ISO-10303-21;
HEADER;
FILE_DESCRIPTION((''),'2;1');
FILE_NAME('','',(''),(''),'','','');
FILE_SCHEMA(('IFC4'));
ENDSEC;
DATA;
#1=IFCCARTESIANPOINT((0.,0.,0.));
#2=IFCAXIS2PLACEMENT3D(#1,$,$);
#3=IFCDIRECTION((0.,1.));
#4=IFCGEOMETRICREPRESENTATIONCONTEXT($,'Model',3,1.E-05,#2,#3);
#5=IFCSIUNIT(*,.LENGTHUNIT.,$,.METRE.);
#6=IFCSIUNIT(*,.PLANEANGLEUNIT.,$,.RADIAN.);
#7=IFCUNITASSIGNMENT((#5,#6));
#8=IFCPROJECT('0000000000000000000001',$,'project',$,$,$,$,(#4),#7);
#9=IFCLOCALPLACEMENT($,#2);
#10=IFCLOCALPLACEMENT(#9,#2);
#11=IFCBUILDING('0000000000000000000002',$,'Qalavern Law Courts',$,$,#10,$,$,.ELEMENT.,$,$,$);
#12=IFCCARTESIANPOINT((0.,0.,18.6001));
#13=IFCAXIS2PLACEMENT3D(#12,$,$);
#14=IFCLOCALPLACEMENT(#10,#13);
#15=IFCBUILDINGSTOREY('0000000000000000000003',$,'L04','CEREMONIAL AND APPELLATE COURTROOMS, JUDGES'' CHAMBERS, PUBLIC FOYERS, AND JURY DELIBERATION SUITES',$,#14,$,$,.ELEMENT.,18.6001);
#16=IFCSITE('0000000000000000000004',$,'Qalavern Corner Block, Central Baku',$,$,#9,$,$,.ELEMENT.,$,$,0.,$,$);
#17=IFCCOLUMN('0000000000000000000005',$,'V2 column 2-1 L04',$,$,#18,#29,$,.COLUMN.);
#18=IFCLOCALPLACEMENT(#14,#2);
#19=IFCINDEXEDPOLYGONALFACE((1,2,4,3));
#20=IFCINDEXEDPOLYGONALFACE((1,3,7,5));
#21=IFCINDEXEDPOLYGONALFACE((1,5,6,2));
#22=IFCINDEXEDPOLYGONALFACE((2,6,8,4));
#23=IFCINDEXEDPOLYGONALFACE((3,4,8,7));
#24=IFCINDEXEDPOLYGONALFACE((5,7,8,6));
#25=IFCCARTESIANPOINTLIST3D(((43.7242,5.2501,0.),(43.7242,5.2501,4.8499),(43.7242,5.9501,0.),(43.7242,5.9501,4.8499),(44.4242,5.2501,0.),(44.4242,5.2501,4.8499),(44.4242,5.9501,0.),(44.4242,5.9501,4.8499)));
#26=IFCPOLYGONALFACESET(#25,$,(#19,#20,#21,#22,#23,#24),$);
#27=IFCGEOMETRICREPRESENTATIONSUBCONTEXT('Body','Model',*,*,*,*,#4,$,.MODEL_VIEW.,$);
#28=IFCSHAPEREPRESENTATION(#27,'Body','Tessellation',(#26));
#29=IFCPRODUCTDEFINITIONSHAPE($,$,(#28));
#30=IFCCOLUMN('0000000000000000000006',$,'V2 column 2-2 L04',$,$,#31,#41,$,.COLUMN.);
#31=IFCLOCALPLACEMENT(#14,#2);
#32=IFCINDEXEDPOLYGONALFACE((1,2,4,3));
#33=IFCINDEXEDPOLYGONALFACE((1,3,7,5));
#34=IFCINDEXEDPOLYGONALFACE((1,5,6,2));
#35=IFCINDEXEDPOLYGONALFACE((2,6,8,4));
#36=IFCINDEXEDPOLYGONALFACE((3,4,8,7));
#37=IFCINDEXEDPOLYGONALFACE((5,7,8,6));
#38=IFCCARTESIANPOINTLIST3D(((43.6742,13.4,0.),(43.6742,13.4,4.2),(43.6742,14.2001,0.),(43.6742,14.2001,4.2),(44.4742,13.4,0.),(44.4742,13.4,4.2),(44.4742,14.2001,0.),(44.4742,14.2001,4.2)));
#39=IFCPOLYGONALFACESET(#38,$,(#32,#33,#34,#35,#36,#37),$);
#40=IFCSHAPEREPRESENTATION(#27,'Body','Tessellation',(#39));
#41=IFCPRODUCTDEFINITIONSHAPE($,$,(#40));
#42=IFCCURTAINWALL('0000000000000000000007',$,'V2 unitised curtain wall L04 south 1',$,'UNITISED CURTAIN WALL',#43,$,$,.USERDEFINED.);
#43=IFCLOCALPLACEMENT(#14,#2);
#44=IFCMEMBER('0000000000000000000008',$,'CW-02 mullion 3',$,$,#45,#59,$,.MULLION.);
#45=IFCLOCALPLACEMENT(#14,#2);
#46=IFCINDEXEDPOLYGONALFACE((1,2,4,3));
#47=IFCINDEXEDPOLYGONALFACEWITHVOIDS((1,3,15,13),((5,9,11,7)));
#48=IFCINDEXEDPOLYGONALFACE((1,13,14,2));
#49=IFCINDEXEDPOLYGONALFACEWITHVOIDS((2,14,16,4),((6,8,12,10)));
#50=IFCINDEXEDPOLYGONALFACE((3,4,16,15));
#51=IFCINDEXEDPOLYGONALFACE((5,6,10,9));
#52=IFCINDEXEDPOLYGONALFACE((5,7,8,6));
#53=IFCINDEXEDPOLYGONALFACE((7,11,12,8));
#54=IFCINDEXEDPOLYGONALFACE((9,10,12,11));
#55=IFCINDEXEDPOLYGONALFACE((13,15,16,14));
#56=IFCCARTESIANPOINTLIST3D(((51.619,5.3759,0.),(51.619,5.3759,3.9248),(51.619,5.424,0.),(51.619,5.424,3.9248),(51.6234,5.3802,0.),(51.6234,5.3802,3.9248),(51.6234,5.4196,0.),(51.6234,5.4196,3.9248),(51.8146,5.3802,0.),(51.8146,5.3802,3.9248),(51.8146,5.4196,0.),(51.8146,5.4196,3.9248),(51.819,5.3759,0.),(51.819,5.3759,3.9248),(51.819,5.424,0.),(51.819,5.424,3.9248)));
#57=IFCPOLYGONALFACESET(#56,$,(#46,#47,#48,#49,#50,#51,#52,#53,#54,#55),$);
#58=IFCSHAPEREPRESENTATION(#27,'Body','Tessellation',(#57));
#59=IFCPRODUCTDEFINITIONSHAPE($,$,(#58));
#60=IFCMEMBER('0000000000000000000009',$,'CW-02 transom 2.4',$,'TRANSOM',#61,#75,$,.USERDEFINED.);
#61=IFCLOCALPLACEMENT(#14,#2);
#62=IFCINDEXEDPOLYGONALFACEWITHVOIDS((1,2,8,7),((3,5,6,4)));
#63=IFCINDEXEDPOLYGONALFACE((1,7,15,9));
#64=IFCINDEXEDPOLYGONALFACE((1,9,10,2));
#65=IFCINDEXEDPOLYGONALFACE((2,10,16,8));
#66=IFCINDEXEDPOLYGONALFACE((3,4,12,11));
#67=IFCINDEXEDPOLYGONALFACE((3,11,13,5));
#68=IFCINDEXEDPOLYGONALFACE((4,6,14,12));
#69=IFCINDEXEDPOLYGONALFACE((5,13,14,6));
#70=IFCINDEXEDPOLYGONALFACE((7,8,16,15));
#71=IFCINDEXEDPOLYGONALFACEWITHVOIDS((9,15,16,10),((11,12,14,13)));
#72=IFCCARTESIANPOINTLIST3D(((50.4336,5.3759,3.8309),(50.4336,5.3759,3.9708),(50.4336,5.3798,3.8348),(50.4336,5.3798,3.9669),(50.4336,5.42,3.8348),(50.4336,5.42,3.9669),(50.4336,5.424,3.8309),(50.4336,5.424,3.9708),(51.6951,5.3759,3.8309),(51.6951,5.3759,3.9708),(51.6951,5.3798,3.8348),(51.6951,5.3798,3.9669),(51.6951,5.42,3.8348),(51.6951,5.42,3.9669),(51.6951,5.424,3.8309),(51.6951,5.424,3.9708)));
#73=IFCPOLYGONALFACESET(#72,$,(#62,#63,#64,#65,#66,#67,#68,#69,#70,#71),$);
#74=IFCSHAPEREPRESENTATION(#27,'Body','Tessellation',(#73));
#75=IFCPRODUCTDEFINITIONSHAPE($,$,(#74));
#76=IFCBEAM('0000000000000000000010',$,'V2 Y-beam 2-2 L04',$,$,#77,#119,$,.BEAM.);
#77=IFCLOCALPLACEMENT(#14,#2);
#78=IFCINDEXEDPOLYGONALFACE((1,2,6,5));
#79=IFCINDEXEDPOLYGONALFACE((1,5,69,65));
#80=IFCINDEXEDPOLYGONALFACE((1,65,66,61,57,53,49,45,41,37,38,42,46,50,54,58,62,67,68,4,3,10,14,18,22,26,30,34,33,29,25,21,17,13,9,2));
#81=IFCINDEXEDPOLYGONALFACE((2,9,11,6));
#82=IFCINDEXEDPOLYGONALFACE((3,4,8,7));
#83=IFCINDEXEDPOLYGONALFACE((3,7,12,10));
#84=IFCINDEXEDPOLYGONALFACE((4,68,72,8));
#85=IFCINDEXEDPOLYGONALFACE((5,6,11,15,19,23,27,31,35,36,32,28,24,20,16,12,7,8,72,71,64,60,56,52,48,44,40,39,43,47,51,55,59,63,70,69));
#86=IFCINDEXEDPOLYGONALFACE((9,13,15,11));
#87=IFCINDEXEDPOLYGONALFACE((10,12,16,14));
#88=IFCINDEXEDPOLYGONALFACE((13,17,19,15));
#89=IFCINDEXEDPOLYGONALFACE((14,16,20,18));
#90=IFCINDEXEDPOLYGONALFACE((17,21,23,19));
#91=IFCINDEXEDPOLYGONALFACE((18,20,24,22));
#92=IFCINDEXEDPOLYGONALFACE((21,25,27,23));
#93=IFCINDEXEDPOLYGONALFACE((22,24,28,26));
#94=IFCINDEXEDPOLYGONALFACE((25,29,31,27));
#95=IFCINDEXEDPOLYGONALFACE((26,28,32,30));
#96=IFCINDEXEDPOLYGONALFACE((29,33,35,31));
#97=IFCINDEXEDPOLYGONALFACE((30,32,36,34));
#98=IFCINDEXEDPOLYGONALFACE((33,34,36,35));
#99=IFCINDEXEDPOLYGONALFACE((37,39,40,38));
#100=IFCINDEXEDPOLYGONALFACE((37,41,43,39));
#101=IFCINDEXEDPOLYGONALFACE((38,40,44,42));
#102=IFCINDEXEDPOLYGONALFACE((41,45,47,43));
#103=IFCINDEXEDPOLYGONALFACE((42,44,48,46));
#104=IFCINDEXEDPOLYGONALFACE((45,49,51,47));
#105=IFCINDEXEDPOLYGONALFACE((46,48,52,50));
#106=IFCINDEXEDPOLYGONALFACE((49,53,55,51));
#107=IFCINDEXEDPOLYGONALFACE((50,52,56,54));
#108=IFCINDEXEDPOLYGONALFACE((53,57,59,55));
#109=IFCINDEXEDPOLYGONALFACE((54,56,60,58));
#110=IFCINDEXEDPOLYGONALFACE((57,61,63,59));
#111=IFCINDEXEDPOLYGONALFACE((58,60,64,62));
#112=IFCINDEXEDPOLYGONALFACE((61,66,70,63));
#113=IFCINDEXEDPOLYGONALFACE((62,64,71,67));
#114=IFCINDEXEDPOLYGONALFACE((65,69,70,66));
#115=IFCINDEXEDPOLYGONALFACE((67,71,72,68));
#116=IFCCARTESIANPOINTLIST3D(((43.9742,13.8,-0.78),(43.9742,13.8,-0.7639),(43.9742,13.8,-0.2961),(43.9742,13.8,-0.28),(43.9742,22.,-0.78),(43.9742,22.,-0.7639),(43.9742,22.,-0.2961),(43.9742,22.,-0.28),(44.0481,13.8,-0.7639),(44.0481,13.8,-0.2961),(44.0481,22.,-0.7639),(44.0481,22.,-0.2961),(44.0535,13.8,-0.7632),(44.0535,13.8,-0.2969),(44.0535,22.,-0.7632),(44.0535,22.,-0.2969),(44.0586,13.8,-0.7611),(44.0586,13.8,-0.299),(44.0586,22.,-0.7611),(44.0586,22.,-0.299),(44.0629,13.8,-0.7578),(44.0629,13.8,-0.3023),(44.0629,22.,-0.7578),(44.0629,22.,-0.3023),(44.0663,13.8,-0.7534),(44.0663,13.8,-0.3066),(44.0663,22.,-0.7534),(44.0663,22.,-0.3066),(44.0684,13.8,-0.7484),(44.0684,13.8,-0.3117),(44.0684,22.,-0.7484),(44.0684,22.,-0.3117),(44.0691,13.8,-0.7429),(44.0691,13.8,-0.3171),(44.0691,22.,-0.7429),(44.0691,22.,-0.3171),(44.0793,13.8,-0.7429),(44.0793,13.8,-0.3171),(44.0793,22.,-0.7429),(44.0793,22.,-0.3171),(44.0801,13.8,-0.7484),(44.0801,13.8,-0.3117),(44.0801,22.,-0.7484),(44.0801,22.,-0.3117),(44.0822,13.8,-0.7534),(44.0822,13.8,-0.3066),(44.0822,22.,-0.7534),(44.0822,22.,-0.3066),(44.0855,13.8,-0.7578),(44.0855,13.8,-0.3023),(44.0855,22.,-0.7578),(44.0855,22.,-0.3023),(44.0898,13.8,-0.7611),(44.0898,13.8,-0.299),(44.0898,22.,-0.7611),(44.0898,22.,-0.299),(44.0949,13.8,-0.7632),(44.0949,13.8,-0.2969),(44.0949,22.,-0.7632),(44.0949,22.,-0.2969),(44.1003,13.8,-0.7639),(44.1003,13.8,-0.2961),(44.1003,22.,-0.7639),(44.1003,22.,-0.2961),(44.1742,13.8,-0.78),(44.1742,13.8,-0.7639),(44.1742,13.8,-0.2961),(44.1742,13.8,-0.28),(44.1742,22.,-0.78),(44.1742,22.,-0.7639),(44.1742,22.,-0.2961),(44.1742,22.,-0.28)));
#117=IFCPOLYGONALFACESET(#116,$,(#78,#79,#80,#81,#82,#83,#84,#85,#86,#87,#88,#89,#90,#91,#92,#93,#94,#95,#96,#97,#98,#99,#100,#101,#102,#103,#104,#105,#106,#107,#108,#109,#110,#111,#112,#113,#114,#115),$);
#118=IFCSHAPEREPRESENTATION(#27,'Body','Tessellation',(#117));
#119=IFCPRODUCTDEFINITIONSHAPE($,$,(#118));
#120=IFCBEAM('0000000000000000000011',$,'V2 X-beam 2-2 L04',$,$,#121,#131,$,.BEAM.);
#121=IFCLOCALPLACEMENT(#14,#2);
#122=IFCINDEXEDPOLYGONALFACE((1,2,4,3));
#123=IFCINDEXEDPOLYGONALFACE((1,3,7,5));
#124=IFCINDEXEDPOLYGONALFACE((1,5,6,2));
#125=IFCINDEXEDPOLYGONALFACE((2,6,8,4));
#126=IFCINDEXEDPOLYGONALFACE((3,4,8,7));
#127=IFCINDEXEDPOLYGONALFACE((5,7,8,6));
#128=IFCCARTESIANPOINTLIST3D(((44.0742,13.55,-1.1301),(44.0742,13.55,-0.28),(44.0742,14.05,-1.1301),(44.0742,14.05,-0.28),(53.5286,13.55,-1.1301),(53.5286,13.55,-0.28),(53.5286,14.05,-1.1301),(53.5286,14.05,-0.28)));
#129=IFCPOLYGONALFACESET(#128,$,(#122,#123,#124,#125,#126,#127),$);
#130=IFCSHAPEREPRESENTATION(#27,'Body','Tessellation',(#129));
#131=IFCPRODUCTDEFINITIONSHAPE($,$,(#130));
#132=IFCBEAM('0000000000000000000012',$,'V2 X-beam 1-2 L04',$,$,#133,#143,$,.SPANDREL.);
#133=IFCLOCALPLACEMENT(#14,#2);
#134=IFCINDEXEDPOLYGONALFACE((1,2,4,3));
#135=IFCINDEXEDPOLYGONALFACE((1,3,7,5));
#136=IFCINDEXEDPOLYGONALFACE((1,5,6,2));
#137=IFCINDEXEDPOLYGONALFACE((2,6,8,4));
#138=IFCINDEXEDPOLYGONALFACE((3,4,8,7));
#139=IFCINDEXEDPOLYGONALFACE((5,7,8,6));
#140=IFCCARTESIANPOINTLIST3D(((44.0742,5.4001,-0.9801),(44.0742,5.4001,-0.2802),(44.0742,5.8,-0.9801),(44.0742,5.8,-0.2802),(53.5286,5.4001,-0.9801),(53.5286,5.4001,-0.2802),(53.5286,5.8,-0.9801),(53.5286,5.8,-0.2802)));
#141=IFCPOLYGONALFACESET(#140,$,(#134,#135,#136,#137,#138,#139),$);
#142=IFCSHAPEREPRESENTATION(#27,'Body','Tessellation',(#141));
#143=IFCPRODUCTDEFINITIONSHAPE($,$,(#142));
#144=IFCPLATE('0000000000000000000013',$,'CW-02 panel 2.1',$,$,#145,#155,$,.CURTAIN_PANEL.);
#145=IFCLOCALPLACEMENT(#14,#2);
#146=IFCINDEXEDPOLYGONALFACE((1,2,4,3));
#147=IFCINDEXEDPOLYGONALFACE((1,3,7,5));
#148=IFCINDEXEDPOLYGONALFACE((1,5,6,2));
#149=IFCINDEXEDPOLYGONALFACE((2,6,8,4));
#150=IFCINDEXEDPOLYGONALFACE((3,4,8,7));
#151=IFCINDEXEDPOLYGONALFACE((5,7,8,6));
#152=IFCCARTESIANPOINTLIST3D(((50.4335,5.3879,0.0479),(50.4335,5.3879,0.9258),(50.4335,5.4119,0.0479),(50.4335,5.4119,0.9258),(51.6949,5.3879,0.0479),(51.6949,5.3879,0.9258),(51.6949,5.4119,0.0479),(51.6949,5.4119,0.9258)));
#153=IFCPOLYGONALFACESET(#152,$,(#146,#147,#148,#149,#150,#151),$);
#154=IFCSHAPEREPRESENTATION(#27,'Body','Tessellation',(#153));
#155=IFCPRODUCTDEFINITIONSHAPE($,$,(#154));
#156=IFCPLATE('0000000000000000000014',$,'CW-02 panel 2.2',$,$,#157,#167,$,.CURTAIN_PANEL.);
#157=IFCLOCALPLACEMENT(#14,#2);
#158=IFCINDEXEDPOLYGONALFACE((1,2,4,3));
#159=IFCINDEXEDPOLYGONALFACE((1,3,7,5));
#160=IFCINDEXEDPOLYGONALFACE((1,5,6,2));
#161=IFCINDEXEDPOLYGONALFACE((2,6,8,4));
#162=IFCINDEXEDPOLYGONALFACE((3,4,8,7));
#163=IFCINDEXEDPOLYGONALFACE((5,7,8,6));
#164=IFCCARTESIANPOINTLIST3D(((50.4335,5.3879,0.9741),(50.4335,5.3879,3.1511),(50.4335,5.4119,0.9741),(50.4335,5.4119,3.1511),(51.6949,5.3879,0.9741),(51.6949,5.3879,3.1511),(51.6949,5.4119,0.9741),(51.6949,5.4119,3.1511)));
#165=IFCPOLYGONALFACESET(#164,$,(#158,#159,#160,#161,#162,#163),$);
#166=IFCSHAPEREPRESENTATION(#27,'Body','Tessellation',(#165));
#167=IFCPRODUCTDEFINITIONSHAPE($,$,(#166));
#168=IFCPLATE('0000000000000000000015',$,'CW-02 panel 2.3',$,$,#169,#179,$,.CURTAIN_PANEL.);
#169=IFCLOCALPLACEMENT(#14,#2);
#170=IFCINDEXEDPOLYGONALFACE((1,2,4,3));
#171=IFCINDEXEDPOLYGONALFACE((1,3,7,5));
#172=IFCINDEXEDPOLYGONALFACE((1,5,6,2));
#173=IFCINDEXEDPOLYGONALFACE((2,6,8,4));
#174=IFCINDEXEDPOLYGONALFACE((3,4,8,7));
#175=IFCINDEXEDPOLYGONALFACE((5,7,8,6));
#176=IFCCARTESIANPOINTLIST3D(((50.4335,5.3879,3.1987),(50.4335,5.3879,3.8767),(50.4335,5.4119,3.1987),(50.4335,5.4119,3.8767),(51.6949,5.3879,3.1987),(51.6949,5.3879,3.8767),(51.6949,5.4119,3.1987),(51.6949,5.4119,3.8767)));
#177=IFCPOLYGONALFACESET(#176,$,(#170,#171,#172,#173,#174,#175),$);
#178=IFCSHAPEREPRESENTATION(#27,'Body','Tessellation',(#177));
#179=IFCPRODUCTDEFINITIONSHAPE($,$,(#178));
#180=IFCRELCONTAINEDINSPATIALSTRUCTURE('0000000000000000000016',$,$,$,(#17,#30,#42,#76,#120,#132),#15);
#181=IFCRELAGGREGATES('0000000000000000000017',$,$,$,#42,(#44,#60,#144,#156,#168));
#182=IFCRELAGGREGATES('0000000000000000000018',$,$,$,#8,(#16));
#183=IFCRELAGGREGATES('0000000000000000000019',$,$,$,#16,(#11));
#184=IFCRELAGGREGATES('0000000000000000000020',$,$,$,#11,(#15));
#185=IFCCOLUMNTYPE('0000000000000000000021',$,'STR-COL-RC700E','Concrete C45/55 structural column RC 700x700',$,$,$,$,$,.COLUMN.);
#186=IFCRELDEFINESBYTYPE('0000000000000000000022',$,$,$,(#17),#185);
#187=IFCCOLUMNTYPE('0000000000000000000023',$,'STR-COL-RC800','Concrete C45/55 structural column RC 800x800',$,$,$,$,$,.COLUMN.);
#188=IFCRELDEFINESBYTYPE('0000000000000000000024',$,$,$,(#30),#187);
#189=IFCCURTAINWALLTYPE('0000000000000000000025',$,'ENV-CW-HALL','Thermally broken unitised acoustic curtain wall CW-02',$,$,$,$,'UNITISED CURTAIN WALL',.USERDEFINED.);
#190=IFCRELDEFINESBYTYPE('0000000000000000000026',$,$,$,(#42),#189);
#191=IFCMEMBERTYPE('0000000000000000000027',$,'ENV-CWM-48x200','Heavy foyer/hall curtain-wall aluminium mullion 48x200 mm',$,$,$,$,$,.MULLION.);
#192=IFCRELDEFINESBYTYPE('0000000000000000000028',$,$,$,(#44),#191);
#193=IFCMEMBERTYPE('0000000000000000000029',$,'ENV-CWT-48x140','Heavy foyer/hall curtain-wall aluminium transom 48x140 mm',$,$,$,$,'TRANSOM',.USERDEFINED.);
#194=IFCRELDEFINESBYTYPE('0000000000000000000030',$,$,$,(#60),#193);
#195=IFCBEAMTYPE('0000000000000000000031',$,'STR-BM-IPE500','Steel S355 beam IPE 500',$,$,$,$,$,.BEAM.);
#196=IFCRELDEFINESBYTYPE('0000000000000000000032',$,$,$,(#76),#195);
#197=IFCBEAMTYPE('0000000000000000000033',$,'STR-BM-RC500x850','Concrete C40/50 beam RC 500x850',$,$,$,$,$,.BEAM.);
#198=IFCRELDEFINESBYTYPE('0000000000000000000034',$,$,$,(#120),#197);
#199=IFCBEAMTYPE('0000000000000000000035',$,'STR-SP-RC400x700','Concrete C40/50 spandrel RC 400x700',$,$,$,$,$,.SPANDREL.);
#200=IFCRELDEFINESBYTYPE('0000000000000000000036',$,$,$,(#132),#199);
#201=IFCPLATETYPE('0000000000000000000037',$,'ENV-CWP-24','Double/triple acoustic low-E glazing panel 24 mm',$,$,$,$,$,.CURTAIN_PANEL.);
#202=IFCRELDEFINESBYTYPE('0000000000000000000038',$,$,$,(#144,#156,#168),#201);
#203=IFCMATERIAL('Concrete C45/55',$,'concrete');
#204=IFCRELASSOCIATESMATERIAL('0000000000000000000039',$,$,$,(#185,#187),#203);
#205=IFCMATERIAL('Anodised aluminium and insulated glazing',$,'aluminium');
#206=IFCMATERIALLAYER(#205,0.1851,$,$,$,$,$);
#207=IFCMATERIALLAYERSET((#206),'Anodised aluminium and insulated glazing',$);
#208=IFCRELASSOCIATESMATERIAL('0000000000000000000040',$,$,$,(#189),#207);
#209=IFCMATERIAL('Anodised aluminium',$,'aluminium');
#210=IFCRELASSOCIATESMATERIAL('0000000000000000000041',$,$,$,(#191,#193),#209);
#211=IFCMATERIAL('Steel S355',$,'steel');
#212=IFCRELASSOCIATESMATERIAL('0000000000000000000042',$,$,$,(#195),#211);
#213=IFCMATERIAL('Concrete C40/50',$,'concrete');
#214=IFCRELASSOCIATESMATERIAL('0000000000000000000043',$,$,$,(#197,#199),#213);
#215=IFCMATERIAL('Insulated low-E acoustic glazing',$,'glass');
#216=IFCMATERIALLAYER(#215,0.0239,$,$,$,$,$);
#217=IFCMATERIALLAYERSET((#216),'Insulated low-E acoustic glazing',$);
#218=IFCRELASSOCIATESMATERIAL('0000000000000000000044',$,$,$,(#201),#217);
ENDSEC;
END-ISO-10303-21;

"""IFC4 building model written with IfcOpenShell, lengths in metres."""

from ifc_helpers import new_model, si_unit, direction, frame, origin, origin_2d, place, context, subcontext, project, spatial, rectangle, hollow_rectangle, i_section, extrude, material, layer, layer_set, material_profile, profile_set, type_object, element, aggregate, save


model = new_model("IFC4")

# Units and contexts
model_context = context("Model", 3, precision=1e-05, world=origin(), true_north=direction((0.0, 1.0)))
body_context = subcontext(model_context, "Body", "Model", "MODEL_VIEW")
ifc_project = project(units=[si_unit("LENGTHUNIT", "METRE"), si_unit("PLANEANGLEUNIT", "RADIAN")], contexts=[model_context])

# Site, building, storey
site_placement = place(None, origin())
site = spatial("IfcSite", under=ifc_project, at=site_placement, Name="Qalavern Corner Block, Central Baku", CompositionType="ELEMENT", RefElevation=0.0)
building_placement = place(site_placement, origin())
building = spatial("IfcBuilding", under=site, at=building_placement, Name="Qalavern Law Courts", CompositionType="ELEMENT")
storey_placement = place(building_placement, frame((0.0, 0.0, 18.6001)))
storey = spatial("IfcBuildingStorey", under=building, at=storey_placement, Name="L04", Description="CEREMONIAL AND APPELLATE COURTROOMS, JUDGES' CHAMBERS, PUBLIC FOYERS, AND JURY DELIBERATION SUITES", CompositionType="ELEMENT", Elevation=18.6001)

# Columns
ifc_material_1 = material(Name="Concrete C45/55", Category="concrete")
ifc_material_profile_1 = material_profile(ifc_material_1, rectangle(XDim=0.7, YDim=0.7, at=origin_2d()), Name="RC 700x700")
ifc_profile_set_1 = profile_set([ifc_material_profile_1], Name="Concrete C45/55")
column_type_1 = type_object("IfcColumnType", Name="STR-COL-RC700E", Description="Concrete C45/55 structural column RC 700x700", PredefinedType="COLUMN", material=ifc_profile_set_1)
column_1_placement = place(storey_placement, frame((44.0742, 5.6001, 0.0), z_axis=(0.0, 0.0, 1.0), x_axis=(1.0, 0.0, 0.0)))
element("IfcColumn", 1, at=column_1_placement, inside=storey, type_object=column_type_1, Name="V2 column 2-1 L04", PredefinedType="COLUMN", context=body_context, shape_type="SweptSolid", body=[
    extrude(rectangle(XDim=0.7, YDim=0.7, at=origin_2d()), origin(), (0.0, 0.0, 1.0), 4.8499),
])
ifc_material_profile_2 = material_profile(ifc_material_1, rectangle(XDim=0.8, YDim=0.8, at=origin_2d()), Name="RC 800x800")
ifc_profile_set_2 = profile_set([ifc_material_profile_2], Name="Concrete C45/55")
column_type_2 = type_object("IfcColumnType", Name="STR-COL-RC800", Description="Concrete C45/55 structural column RC 800x800", PredefinedType="COLUMN", material=ifc_profile_set_2)
column_2_placement = place(storey_placement, frame((44.0742, 13.8, 0.0), z_axis=(0.0, 0.0, 1.0), x_axis=(1.0, 0.0, 0.0)))
element("IfcColumn", 2, at=column_2_placement, inside=storey, type_object=column_type_2, Name="V2 column 2-2 L04", PredefinedType="COLUMN", context=body_context, shape_type="SweptSolid", body=[
    extrude(rectangle(XDim=0.8, YDim=0.8, at=origin_2d()), origin(), (0.0, 0.0, 1.0), 4.2),
])

# Curtain wall, members
ifc_material_2 = material(Name="Anodised aluminium and insulated glazing", Category="aluminium")
ifc_layer_1 = layer(ifc_material_2, 0.1851)
ifc_layer_set_1 = layer_set([ifc_layer_1], Name="Anodised aluminium and insulated glazing")
curtain_wall_type = type_object("IfcCurtainWallType", Name="ENV-CW-HALL", Description="Thermally broken unitised acoustic curtain wall CW-02", ElementType="UNITISED CURTAIN WALL", PredefinedType="USERDEFINED", material=ifc_layer_set_1)
curtain_wall_placement = place(storey_placement, origin())
curtain_wall = element("IfcCurtainWall", 3, at=curtain_wall_placement, inside=storey, type_object=curtain_wall_type, Name="V2 unitised curtain wall L04 south 1", ObjectType="UNITISED CURTAIN WALL", PredefinedType="USERDEFINED")
ifc_material_3 = material(Name="Anodised aluminium", Category="aluminium")
ifc_material_profile_3 = material_profile(ifc_material_3, hollow_rectangle(XDim=0.0481, YDim=0.2, WallThickness=0.0044, at=origin_2d()), Name="ALU MULLION 48x200")
ifc_profile_set_3 = profile_set([ifc_material_profile_3], Name="Anodised aluminium")
member_type_1 = type_object("IfcMemberType", Name="ENV-CWM-48x200", Description="Heavy foyer/hall curtain-wall aluminium mullion 48x200 mm", PredefinedType="MULLION", material=ifc_profile_set_3)
member_1_placement = place(storey_placement, frame((51.719, 5.3999, 0.0), z_axis=(0.0, 0.0, 1.0), x_axis=(0.0, 1.0, 0.0)))
member_1 = element("IfcMember", 4, at=member_1_placement, type_object=member_type_1, Name="CW-02 mullion 3", PredefinedType="MULLION", context=body_context, shape_type="SweptSolid", body=[
    extrude(hollow_rectangle(XDim=0.0481, YDim=0.2, WallThickness=0.0044, at=origin_2d()), origin(), (0.0, 0.0, 1.0), 3.9248),
])
ifc_material_profile_4 = material_profile(ifc_material_3, hollow_rectangle(XDim=0.0481, YDim=0.1399, WallThickness=0.0039, at=origin_2d()), Name="ALU TRANSOM 48x140")
ifc_profile_set_4 = profile_set([ifc_material_profile_4], Name="Anodised aluminium")
member_type_2 = type_object("IfcMemberType", Name="ENV-CWT-48x140", Description="Heavy foyer/hall curtain-wall aluminium transom 48x140 mm", ElementType="TRANSOM", PredefinedType="USERDEFINED", material=ifc_profile_set_4)
member_2_placement = place(storey_placement, frame((50.4336, 5.3999, 3.9009), z_axis=(1.0, 0.0, 0.0), x_axis=(0.0, 1.0, 0.0)))
member_2 = element("IfcMember", 5, at=member_2_placement, type_object=member_type_2, Name="CW-02 transom 2.4", ObjectType="TRANSOM", PredefinedType="USERDEFINED", context=body_context, shape_type="SweptSolid", body=[
    extrude(hollow_rectangle(XDim=0.0481, YDim=0.1399, WallThickness=0.0039, at=origin_2d()), origin(), (0.0, 0.0, 1.0), 1.2615),
])

# Beams
ifc_material_4 = material(Name="Steel S355", Category="steel")
ifc_material_profile_5 = material_profile(ifc_material_4, i_section(OverallWidth=0.2, OverallDepth=0.5, WebThickness=0.0103, FlangeThickness=0.0161, FilletRadius=0.021, at=origin_2d()), Name="IPE 500")
ifc_profile_set_5 = profile_set([ifc_material_profile_5], Name="Steel S355")
beam_type_1 = type_object("IfcBeamType", Name="STR-BM-IPE500", Description="Steel S355 beam IPE 500", PredefinedType="BEAM", material=ifc_profile_set_5)
beam_1_placement = place(storey_placement, frame((44.0742, 13.8, -0.53), z_axis=(0.0, 1.0, 0.0), x_axis=(-1.0, 0.0, 0.0)))
element("IfcBeam", 6, at=beam_1_placement, inside=storey, type_object=beam_type_1, Name="V2 Y-beam 2-2 L04", PredefinedType="BEAM", context=body_context, shape_type="SweptSolid", body=[
    extrude(i_section(OverallWidth=0.2, OverallDepth=0.5, WebThickness=0.0103, FlangeThickness=0.0161, FilletRadius=0.021, at=origin_2d()), origin(), (0.0, 0.0, 1.0), 8.2),
])
ifc_material_5 = material(Name="Concrete C40/50", Category="concrete")
ifc_material_profile_6 = material_profile(ifc_material_5, rectangle(XDim=0.5, YDim=0.8501, at=origin_2d()), Name="RC 500x850")
ifc_profile_set_6 = profile_set([ifc_material_profile_6], Name="Concrete C40/50")
beam_type_2 = type_object("IfcBeamType", Name="STR-BM-RC500x850", Description="Concrete C40/50 beam RC 500x850", PredefinedType="BEAM", material=ifc_profile_set_6)
beam_2_placement = place(storey_placement, frame((44.0742, 13.8, -0.7051), z_axis=(1.0, 0.0, 0.0), x_axis=(0.0, 1.0, 0.0)))
element("IfcBeam", 7, at=beam_2_placement, inside=storey, type_object=beam_type_2, Name="V2 X-beam 2-2 L04", PredefinedType="BEAM", context=body_context, shape_type="SweptSolid", body=[
    extrude(rectangle(XDim=0.5, YDim=0.8501, at=origin_2d()), origin(), (0.0, 0.0, 1.0), 9.4543),
])
ifc_material_profile_7 = material_profile(ifc_material_5, rectangle(XDim=0.3999, YDim=0.7, at=origin_2d()), Name="RC 400x700")
ifc_profile_set_7 = profile_set([ifc_material_profile_7], Name="Concrete C40/50")
beam_type_3 = type_object("IfcBeamType", Name="STR-SP-RC400x700", Description="Concrete C40/50 spandrel RC 400x700", PredefinedType="SPANDREL", material=ifc_profile_set_7)
beam_3_placement = place(storey_placement, frame((44.0742, 5.6001, -0.6301), z_axis=(1.0, 0.0, 0.0), x_axis=(0.0, 1.0, 0.0)))
element("IfcBeam", 8, at=beam_3_placement, inside=storey, type_object=beam_type_3, Name="V2 X-beam 1-2 L04", PredefinedType="SPANDREL", context=body_context, shape_type="SweptSolid", body=[
    extrude(rectangle(XDim=0.3999, YDim=0.7, at=origin_2d()), origin(), (0.0, 0.0, 1.0), 9.4543),
])

# Plates
ifc_material_6 = material(Name="Insulated low-E acoustic glazing", Category="glass")
ifc_layer_2 = layer(ifc_material_6, 0.0239)
ifc_layer_set_2 = layer_set([ifc_layer_2], Name="Insulated low-E acoustic glazing")
plate_type = type_object("IfcPlateType", Name="ENV-CWP-24", Description="Double/triple acoustic low-E glazing panel 24 mm", PredefinedType="CURTAIN_PANEL", material=ifc_layer_set_2)
plate_1_placement = place(storey_placement, frame((51.0642, 5.3999, 0.0479), z_axis=(0.0, 0.0, 1.0), x_axis=(1.0, 0.0, 0.0)))
plate_1 = element("IfcPlate", 9, at=plate_1_placement, type_object=plate_type, Name="CW-02 panel 2.1", PredefinedType="CURTAIN_PANEL", context=body_context, shape_type="SweptSolid", body=[
    extrude(rectangle(XDim=1.2615, YDim=0.0239, at=origin_2d()), origin(), (0.0, 0.0, 1.0), 0.8779),
])
plate_2_placement = place(storey_placement, frame((51.0642, 5.3999, 0.9741), z_axis=(0.0, 0.0, 1.0), x_axis=(1.0, 0.0, 0.0)))
plate_2 = element("IfcPlate", 10, at=plate_2_placement, type_object=plate_type, Name="CW-02 panel 2.2", PredefinedType="CURTAIN_PANEL", context=body_context, shape_type="SweptSolid", body=[
    extrude(rectangle(XDim=1.2615, YDim=0.0239, at=origin_2d()), origin(), (0.0, 0.0, 1.0), 2.177),
])
plate_3_placement = place(storey_placement, frame((51.0642, 5.3999, 3.1987), z_axis=(0.0, 0.0, 1.0), x_axis=(1.0, 0.0, 0.0)))
plate_3 = element("IfcPlate", 11, at=plate_3_placement, type_object=plate_type, Name="CW-02 panel 2.3", PredefinedType="CURTAIN_PANEL", context=body_context, shape_type="SweptSolid", body=[
    extrude(rectangle(XDim=1.2615, YDim=0.0239, at=origin_2d()), origin(), (0.0, 0.0, 1.0), 0.678),
])
aggregate(curtain_wall, [member_1, member_2, plate_1, plate_2, plate_3])

save(model, "model.ifc")
